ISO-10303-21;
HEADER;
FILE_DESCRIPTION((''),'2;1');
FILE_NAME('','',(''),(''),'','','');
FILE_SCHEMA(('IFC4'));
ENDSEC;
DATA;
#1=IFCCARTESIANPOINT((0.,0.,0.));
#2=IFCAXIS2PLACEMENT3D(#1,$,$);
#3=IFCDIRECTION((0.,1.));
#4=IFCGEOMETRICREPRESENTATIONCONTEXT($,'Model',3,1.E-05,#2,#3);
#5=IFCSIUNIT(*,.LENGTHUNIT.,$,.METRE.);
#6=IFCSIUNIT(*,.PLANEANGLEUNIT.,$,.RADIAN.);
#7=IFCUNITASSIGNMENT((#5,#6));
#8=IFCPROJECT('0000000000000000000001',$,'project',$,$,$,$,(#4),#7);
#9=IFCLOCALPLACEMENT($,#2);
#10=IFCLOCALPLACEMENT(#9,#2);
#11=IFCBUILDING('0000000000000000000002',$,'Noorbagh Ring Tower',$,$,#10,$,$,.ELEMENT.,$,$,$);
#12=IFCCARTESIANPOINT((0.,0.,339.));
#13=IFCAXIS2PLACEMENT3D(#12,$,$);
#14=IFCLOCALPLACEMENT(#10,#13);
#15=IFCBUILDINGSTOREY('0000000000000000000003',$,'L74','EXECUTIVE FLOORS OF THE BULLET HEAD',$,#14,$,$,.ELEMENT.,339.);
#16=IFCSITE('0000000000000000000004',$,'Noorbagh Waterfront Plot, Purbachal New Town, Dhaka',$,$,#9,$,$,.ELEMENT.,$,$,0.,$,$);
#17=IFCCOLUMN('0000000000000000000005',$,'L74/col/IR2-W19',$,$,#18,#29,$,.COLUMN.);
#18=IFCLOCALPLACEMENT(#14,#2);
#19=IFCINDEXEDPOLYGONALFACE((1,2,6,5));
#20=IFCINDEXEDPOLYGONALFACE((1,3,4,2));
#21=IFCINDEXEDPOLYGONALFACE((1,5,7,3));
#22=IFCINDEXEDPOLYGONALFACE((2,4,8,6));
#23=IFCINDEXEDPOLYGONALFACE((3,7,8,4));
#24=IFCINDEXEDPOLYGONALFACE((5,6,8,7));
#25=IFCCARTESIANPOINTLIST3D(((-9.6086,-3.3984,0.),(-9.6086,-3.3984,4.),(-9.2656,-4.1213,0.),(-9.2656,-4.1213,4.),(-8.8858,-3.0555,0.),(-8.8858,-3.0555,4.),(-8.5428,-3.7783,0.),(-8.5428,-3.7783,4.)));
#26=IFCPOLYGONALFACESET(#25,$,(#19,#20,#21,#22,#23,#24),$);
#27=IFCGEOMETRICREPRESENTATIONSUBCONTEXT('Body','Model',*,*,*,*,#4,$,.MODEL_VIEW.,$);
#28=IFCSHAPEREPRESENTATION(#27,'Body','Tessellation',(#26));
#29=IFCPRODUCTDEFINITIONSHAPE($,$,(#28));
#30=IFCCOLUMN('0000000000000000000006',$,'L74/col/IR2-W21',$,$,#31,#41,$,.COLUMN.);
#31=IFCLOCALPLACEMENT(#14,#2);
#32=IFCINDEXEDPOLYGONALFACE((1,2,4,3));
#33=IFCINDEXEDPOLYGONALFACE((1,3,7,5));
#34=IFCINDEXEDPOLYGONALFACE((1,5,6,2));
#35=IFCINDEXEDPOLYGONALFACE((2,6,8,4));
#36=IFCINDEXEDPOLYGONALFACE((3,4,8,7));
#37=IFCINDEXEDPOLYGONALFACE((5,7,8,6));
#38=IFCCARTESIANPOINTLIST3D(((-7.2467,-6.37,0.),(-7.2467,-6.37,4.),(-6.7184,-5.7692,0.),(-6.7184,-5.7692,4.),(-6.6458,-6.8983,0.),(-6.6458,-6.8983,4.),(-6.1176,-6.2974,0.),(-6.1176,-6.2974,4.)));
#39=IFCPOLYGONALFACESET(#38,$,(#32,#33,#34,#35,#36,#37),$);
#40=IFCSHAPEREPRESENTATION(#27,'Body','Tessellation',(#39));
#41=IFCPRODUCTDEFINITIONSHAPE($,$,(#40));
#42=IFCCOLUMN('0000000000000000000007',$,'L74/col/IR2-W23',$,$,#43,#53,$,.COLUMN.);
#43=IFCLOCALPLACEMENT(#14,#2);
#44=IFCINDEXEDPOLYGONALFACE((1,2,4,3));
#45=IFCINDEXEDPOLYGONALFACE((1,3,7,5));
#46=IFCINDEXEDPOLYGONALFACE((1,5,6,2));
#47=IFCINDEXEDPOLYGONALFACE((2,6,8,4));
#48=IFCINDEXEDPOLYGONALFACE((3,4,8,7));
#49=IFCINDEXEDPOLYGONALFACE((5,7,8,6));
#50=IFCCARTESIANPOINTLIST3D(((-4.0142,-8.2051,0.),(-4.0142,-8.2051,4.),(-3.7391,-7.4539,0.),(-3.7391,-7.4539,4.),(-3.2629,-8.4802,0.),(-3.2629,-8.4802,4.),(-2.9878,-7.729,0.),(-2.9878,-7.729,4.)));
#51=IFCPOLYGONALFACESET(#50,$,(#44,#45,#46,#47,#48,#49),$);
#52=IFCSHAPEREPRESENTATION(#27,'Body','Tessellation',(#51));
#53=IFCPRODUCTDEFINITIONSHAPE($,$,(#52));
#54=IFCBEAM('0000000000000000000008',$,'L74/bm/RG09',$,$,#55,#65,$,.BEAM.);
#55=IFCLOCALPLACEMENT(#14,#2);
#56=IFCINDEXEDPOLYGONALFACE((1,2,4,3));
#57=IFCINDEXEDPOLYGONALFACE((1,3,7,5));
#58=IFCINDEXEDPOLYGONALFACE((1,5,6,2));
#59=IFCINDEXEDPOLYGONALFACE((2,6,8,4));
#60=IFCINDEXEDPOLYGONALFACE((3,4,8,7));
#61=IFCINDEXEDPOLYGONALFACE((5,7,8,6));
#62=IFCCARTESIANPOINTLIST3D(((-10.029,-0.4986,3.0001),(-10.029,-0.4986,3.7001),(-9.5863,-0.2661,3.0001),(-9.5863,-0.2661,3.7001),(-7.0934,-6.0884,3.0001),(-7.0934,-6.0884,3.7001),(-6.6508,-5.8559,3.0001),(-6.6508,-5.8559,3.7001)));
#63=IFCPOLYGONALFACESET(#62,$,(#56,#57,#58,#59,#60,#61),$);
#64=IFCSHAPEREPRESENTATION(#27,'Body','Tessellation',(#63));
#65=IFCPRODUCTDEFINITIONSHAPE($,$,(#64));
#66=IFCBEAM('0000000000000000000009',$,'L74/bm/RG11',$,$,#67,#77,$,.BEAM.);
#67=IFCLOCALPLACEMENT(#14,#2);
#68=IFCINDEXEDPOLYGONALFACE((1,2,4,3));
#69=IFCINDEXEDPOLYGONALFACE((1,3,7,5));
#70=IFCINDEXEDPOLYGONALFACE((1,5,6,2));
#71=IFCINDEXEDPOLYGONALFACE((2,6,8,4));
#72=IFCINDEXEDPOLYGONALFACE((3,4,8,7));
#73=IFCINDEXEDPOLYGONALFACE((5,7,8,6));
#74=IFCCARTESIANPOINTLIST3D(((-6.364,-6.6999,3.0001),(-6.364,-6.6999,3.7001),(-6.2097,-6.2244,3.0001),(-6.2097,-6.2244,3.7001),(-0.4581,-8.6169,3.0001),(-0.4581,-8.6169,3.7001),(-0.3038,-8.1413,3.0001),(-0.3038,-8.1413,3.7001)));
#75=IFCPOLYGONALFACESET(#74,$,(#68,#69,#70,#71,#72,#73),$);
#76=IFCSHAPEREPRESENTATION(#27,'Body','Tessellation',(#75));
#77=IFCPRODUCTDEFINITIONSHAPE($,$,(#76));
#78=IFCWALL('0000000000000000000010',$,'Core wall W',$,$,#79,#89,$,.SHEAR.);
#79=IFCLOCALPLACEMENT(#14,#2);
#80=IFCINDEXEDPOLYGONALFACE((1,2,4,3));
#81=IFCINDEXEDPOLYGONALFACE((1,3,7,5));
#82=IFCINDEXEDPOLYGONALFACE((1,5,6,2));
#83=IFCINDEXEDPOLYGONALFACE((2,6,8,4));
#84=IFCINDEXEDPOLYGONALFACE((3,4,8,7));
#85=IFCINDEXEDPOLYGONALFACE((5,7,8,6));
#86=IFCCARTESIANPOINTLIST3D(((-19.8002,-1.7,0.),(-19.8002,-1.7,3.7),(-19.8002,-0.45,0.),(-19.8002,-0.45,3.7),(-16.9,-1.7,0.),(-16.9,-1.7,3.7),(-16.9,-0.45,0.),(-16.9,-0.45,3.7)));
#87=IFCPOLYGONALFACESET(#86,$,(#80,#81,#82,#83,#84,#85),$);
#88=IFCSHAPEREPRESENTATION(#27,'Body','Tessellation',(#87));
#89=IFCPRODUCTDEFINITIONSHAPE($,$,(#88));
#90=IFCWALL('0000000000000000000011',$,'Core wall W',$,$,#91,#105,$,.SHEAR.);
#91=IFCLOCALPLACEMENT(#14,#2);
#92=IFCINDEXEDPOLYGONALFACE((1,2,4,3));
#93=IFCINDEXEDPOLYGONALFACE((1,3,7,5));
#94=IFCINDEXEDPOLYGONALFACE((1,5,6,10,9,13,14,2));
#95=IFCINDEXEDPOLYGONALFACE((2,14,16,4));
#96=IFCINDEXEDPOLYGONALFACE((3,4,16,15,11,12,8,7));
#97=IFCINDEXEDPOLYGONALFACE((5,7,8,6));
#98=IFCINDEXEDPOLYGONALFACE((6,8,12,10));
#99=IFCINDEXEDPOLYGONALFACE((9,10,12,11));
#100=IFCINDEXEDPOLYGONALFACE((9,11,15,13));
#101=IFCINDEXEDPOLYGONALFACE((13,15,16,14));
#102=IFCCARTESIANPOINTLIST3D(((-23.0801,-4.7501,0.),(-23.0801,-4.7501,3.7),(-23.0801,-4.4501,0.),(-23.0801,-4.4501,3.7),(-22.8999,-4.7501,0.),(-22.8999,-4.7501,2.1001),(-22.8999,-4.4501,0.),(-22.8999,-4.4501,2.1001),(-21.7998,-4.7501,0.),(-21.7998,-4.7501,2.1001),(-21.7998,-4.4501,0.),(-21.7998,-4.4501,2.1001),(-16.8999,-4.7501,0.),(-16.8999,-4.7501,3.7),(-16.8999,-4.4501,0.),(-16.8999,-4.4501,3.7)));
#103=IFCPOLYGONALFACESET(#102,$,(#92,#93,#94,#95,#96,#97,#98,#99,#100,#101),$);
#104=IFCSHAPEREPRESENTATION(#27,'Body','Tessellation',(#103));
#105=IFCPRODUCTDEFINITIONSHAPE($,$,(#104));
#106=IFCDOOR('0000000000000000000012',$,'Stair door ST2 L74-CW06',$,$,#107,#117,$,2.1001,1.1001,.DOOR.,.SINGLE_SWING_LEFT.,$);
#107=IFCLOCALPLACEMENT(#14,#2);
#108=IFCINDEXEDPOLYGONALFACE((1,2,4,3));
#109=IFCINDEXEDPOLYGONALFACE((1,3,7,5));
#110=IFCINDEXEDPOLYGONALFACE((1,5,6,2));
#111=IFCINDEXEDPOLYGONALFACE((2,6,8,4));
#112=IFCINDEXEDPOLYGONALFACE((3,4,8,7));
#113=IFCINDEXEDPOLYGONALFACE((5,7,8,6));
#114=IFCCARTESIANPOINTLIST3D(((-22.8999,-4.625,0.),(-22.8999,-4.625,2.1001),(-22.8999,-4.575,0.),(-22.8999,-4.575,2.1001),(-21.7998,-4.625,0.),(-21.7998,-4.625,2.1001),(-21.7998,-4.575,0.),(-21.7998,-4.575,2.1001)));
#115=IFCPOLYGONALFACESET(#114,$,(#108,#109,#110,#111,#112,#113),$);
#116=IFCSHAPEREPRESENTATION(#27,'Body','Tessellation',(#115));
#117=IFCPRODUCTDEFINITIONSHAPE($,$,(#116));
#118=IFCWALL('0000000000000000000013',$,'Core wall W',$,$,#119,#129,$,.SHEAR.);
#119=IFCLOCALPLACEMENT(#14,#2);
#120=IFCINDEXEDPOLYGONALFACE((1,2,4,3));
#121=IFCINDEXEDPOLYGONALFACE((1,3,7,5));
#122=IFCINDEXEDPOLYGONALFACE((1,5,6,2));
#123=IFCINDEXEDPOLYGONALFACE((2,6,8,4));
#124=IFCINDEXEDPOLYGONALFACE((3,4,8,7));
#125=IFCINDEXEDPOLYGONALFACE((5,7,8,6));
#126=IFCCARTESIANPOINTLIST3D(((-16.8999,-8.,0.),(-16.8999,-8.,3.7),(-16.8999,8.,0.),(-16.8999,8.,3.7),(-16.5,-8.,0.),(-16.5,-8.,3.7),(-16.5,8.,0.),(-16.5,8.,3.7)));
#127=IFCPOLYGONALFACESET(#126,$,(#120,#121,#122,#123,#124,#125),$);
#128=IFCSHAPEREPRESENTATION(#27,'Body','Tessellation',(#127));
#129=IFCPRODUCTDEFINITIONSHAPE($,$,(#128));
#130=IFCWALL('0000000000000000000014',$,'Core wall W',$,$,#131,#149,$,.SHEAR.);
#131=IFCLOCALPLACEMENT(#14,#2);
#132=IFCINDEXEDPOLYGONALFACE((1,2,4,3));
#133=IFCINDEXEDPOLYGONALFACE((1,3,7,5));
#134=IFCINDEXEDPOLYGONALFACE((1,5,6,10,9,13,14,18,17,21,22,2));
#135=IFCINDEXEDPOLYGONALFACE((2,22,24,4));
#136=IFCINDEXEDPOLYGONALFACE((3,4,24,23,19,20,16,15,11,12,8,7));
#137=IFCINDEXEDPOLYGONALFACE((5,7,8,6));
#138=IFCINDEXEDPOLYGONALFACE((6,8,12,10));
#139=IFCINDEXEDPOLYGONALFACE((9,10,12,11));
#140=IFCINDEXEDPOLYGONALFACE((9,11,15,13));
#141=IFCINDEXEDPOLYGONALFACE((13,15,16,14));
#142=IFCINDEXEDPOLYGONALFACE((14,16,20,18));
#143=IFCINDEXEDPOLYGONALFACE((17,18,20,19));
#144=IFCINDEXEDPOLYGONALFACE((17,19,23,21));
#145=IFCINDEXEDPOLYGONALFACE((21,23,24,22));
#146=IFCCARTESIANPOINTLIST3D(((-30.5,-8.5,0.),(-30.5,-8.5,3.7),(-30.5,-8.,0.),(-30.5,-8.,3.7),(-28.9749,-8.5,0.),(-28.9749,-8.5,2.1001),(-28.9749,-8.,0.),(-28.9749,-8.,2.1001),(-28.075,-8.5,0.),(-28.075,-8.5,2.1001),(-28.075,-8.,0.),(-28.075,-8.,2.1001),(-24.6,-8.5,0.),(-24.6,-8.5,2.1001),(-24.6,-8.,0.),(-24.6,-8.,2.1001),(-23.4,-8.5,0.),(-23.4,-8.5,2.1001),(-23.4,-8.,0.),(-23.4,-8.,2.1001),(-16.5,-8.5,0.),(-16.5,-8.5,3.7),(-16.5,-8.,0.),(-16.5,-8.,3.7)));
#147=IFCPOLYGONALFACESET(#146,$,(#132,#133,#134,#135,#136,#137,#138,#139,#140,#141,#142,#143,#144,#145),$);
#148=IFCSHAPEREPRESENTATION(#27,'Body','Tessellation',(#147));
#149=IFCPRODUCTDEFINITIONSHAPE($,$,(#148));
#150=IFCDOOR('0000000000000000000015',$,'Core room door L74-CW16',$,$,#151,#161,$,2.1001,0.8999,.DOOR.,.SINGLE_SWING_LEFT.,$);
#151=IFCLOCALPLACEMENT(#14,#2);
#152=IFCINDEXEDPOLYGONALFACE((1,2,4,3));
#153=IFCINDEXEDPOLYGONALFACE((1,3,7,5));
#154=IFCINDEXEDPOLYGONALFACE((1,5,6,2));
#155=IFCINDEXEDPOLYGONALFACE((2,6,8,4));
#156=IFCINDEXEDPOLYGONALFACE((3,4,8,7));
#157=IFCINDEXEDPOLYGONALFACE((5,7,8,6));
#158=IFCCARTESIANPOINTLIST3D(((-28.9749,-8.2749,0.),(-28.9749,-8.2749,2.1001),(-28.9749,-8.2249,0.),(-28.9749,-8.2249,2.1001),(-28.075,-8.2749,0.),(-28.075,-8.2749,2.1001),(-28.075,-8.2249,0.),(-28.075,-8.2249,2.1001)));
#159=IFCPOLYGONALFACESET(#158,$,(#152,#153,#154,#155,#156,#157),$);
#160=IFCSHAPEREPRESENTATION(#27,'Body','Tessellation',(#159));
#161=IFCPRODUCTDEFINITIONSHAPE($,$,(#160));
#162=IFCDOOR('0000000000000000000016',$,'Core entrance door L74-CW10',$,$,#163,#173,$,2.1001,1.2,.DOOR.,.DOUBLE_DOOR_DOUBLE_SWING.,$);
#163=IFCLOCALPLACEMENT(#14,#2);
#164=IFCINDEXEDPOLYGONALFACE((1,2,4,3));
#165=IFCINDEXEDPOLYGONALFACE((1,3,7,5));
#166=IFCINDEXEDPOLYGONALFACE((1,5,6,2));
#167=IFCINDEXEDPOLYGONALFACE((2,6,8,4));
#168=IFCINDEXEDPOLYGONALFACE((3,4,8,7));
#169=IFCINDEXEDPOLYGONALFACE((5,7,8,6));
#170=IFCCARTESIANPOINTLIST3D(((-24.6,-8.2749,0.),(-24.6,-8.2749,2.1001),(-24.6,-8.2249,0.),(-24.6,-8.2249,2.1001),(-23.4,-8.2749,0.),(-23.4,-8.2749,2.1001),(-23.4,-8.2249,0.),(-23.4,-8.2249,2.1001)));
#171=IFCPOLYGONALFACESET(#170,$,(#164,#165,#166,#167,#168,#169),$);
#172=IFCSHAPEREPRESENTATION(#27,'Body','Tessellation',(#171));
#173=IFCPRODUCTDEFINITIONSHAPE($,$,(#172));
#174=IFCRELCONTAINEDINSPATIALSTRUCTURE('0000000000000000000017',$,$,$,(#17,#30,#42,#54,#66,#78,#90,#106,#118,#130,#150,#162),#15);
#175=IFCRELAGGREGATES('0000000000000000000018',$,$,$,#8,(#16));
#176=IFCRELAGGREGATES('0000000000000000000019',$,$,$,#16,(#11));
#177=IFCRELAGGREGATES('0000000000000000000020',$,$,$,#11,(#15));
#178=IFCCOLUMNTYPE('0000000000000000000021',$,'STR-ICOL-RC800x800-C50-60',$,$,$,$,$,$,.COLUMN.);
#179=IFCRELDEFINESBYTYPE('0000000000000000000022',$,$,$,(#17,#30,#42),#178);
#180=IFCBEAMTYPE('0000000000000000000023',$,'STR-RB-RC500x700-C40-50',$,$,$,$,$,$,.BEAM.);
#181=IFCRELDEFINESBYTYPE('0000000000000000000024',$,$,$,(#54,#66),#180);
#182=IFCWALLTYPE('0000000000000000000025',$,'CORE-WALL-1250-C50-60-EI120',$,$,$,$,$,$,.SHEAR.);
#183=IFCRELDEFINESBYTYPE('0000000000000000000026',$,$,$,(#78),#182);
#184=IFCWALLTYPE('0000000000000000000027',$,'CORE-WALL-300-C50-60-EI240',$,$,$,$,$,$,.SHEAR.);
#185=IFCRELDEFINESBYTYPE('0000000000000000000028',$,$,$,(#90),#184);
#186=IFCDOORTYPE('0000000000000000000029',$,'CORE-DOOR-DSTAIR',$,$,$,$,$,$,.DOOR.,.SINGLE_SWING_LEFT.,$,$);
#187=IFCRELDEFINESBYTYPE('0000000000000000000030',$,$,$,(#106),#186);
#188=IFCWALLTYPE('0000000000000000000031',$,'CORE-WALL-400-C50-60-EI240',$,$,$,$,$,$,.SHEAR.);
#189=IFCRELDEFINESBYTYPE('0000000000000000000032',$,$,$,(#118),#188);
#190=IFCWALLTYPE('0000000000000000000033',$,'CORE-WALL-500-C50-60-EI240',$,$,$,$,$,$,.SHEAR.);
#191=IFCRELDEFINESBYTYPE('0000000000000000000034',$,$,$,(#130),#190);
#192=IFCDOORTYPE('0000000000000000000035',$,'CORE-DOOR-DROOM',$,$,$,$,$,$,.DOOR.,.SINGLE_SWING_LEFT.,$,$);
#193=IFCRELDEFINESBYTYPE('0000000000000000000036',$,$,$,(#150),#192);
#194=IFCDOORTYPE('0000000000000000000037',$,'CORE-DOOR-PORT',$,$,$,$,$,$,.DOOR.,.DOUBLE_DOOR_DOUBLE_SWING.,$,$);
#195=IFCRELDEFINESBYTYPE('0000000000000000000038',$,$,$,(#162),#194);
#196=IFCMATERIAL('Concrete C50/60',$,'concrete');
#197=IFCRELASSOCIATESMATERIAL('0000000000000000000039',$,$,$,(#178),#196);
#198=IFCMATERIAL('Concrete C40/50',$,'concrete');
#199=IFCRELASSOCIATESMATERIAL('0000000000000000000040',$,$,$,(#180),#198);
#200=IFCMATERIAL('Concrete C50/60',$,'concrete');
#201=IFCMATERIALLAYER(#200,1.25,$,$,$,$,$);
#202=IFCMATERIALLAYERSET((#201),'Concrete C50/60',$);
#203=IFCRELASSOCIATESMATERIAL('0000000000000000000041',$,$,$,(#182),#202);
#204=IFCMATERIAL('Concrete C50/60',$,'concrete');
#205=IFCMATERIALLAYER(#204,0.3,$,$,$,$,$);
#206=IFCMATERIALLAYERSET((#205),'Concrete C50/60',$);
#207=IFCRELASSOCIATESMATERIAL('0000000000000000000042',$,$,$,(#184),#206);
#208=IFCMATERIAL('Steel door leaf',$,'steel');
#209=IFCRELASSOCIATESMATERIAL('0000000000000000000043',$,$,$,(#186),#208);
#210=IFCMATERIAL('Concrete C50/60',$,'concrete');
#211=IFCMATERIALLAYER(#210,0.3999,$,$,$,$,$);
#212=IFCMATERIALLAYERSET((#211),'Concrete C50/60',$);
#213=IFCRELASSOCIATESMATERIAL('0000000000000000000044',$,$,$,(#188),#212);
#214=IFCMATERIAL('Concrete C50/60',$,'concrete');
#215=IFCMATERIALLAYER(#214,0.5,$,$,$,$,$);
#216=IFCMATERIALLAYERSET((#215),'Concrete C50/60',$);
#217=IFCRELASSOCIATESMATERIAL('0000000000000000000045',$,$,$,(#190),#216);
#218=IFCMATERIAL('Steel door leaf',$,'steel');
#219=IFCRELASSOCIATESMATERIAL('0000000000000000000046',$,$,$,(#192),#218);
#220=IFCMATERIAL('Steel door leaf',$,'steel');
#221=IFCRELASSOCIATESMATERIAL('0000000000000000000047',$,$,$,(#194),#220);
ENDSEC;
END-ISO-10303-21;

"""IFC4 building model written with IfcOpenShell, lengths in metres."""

from ifc_helpers import new_model, si_unit, direction, frame, frame_2d, origin, origin_2d, place, context, subcontext, project, spatial, rectangle, extrude, material, layer, layer_set, material_profile, profile_set, type_object, element, fill, save


model = new_model("IFC4")

# Units and contexts
model_context = context("Model", 3, precision=1e-05, world=origin(), true_north=direction((0.0, 1.0)))
body_context = subcontext(model_context, "Body", "Model", "MODEL_VIEW")
ifc_project = project(units=[si_unit("LENGTHUNIT", "METRE"), si_unit("PLANEANGLEUNIT", "RADIAN")], contexts=[model_context])

# Site, building, storey
site_placement = place(None, origin())
site = spatial("IfcSite", under=ifc_project, at=site_placement, Name="Noorbagh Waterfront Plot, Purbachal New Town, Dhaka", CompositionType="ELEMENT", RefElevation=0.0)
building_placement = place(site_placement, origin())
building = spatial("IfcBuilding", under=site, at=building_placement, Name="Noorbagh Ring Tower", CompositionType="ELEMENT")
storey_placement = place(building_placement, frame((0.0, 0.0, 339.0)))
storey = spatial("IfcBuildingStorey", under=building, at=storey_placement, Name="L74", Description="EXECUTIVE FLOORS OF THE BULLET HEAD", CompositionType="ELEMENT", Elevation=339.0)

# Columns
ifc_material_1 = material(Name="Concrete C50/60", Category="concrete")
ifc_material_profile_1 = material_profile(ifc_material_1, rectangle(XDim=0.8, YDim=0.8, at=origin_2d()), Name="RC800x800")
ifc_profile_set_1 = profile_set([ifc_material_profile_1], Name="Concrete C50/60")
column_type = type_object("IfcColumnType", Name="STR-ICOL-RC800x800-C50-60", PredefinedType="COLUMN", material=ifc_profile_set_1)
for number, where, z_axis, x_axis, name in (
    (1, (-9.0757, -3.5884, 0.0), (0.0, 0.0, 1.0), (0.428667, -0.903463, 0.0), "L74/col/IR2-W19"),
    (2, (-6.6821, -6.3337, 0.0), (0.0, 0.0, 1.0), (0.751022, -0.660277, 0.0), "L74/col/IR2-W21"),
    (3, (-3.501, -7.967, 0.0), (0.0, 0.0, 1.0), (0.93902, -0.343864, 0.0), "L74/col/IR2-W23"),
):
    element("IfcColumn", number, at=place(storey_placement, frame(where, z_axis=z_axis, x_axis=x_axis)), inside=storey, type_object=column_type, Name=name, PredefinedType="COLUMN", context=body_context, shape_type="SweptSolid", body=[
        extrude(rectangle(XDim=0.8, YDim=0.8, at=origin_2d()), origin(), (0.0, 0.0, 1.0), 4.0),
    ])

# Beams
ifc_material_2 = material(Name="Concrete C40/50", Category="concrete")
ifc_material_profile_2 = material_profile(ifc_material_2, rectangle(XDim=0.5, YDim=0.7, at=origin_2d()), Name="RC500x700")
ifc_profile_set_2 = profile_set([ifc_material_profile_2], Name="Concrete C40/50")
beam_type = type_object("IfcBeamType", Name="STR-RB-RC500x700-C40-50", PredefinedType="BEAM", material=ifc_profile_set_2)
beam_1_placement = place(storey_placement, frame((-9.8076, -0.3823, 3.3501), z_axis=(0.464943, -0.885341, 0.0), x_axis=(0.885341, 0.464943, 0.0)))
element("IfcBeam", 4, at=beam_1_placement, inside=storey, type_object=beam_type, Name="L74/bm/RG09", PredefinedType="BEAM", context=body_context, shape_type="SweptSolid", body=[
    extrude(rectangle(XDim=0.5, YDim=0.7, at=origin_2d()), origin(), (0.0, 0.0, 1.0), 6.3137),
])
beam_2_placement = place(storey_placement, frame((-6.2869, -6.4622, 3.3501), z_axis=(0.95115, -0.308728, 0.0), x_axis=(0.308728, 0.95115, 0.0)))
element("IfcBeam", 5, at=beam_2_placement, inside=storey, type_object=beam_type, Name="L74/bm/RG11", PredefinedType="BEAM", context=body_context, shape_type="SweptSolid", body=[
    extrude(rectangle(XDim=0.5, YDim=0.7, at=origin_2d()), origin(), (0.0, 0.0, 1.0), 6.2092),
])

# Wall
ifc_material_3 = material(Name="Concrete C50/60", Category="concrete")
ifc_layer_1 = layer(ifc_material_3, 1.25)
ifc_layer_set_1 = layer_set([ifc_layer_1], Name="Concrete C50/60")
wall_type_1 = type_object("IfcWallType", Name="CORE-WALL-1250-C50-60-EI120", PredefinedType="SHEAR", material=ifc_layer_set_1)
wall_1_placement = place(storey_placement, frame((-16.8999, -1.075, 0.0), z_axis=(0.0, 0.0, 1.0), x_axis=(-1.0, 0.0, 0.0)))
element("IfcWall", 6, at=wall_1_placement, inside=storey, type_object=wall_type_1, Name="Core wall W", PredefinedType="SHEAR", context=body_context, shape_type="SweptSolid", body=[
    extrude(rectangle(XDim=2.9001, YDim=1.25, at=frame_2d((1.4502, 0.0))), origin(), (0.0, 0.0, 1.0), 3.7),
])

# Wall, opening, door
ifc_material_4 = material(Name="Concrete C50/60", Category="concrete")
ifc_layer_2 = layer(ifc_material_4, 0.3)
ifc_layer_set_2 = layer_set([ifc_layer_2], Name="Concrete C50/60")
wall_type_2 = type_object("IfcWallType", Name="CORE-WALL-300-C50-60-EI240", PredefinedType="SHEAR", material=ifc_layer_set_2)
wall_2_placement = place(storey_placement, frame((-16.8999, -4.6001, 0.0), z_axis=(0.0, 0.0, 1.0), x_axis=(-1.0, 0.0, 0.0)))
wall_2 = element("IfcWall", 7, at=wall_2_placement, inside=storey, type_object=wall_type_2, Name="Core wall W", PredefinedType="SHEAR", context=body_context, shape_type="SweptSolid", body=[
    extrude(rectangle(XDim=6.1802, YDim=0.3, at=frame_2d((3.0901, 0.0))), origin(), (0.0, 0.0, 1.0), 3.7),
])
opening_1_placement = place(wall_2_placement, frame((4.8999, 0.0, 0.0)))
opening_1 = element("IfcOpeningElement", 8, at=opening_1_placement, cuts=wall_2, PredefinedType="OPENING", context=body_context, shape_type="SweptSolid", body=[
    extrude(rectangle(XDim=1.1001, YDim=2.1001, at=frame_2d((0.55, 1.05))), frame((0.0, 0.1602, 0.0), z_axis=(0.0, -1.0, 0.0), x_axis=(1.0, 0.0, 0.0)), (0.0, 0.0, 1.0), 0.3201),
])
ifc_material_5 = material(Name="Steel door leaf", Category="steel")
door_type_1 = type_object("IfcDoorType", Name="CORE-DOOR-DSTAIR", OperationType="SINGLE_SWING_LEFT", PredefinedType="DOOR", material=ifc_material_5)
door_1_placement = place(opening_1_placement, origin())
door_1 = element("IfcDoor", 9, at=door_1_placement, inside=storey, type_object=door_type_1, Name="Stair door ST2 L74-CW06", OperationType="SINGLE_SWING_LEFT", OverallHeight=2.1001, OverallWidth=1.1001, PredefinedType="DOOR", context=body_context, shape_type="SweptSolid", body=[
    extrude(rectangle(XDim=1.1001, YDim=2.1001, at=frame_2d((0.55, 1.05))), frame((0.0, 0.0249, 0.0), z_axis=(0.0, -1.0, 0.0), x_axis=(1.0, 0.0, 0.0)), (0.0, 0.0, 1.0), 0.05),
])
fill(opening_1, door_1)

# Wall
ifc_material_6 = material(Name="Concrete C50/60", Category="concrete")
ifc_layer_3 = layer(ifc_material_6, 0.3999)
ifc_layer_set_3 = layer_set([ifc_layer_3], Name="Concrete C50/60")
wall_type_3 = type_object("IfcWallType", Name="CORE-WALL-400-C50-60-EI240", PredefinedType="SHEAR", material=ifc_layer_set_3)
wall_3_placement = place(storey_placement, frame((-16.7, -8.0, 0.0), z_axis=(0.0, 0.0, 1.0), x_axis=(0.0, 1.0, 0.0)))
element("IfcWall", 10, at=wall_3_placement, inside=storey, type_object=wall_type_3, Name="Core wall W", PredefinedType="SHEAR", context=body_context, shape_type="SweptSolid", body=[
    extrude(rectangle(XDim=16.0, YDim=0.3999, at=frame_2d((8.0, 0.0))), origin(), (0.0, 0.0, 1.0), 3.7),
])

# Wall, openings, doors
ifc_material_7 = material(Name="Concrete C50/60", Category="concrete")
ifc_layer_4 = layer(ifc_material_7, 0.5)
ifc_layer_set_4 = layer_set([ifc_layer_4], Name="Concrete C50/60")
wall_type_4 = type_object("IfcWallType", Name="CORE-WALL-500-C50-60-EI240", PredefinedType="SHEAR", material=ifc_layer_set_4)
wall_4_placement = place(storey_placement, frame((-16.5, -8.25, 0.0), z_axis=(0.0, 0.0, 1.0), x_axis=(-1.0, 0.0, 0.0)))
wall_4 = element("IfcWall", 11, at=wall_4_placement, inside=storey, type_object=wall_type_4, Name="Core wall W", PredefinedType="SHEAR", context=body_context, shape_type="SweptSolid", body=[
    extrude(rectangle(XDim=14.0, YDim=0.5, at=frame_2d((7.0, 0.0))), origin(), (0.0, 0.0, 1.0), 3.7),
])
opening_2_placement = place(wall_4_placement, frame((6.8999, 0.0, 0.0)))
opening_2 = element("IfcOpeningElement", 12, at=opening_2_placement, cuts=wall_4, PredefinedType="OPENING", context=body_context, shape_type="SweptSolid", body=[
    extrude(rectangle(XDim=1.2, YDim=2.1001, at=frame_2d((0.6001, 1.05))), frame((0.0, 0.26, 0.0), z_axis=(0.0, -1.0, 0.0), x_axis=(1.0, 0.0, 0.0)), (0.0, 0.0, 1.0), 0.52),
])
opening_3_placement = place(wall_4_placement, frame((11.575, 0.0, 0.0)))
opening_3 = element("IfcOpeningElement", 13, at=opening_3_placement, cuts=wall_4, PredefinedType="OPENING", context=body_context, shape_type="SweptSolid", body=[
    extrude(rectangle(XDim=0.8999, YDim=2.1001, at=frame_2d((0.45, 1.05))), frame((0.0, 0.26, 0.0), z_axis=(0.0, -1.0, 0.0), x_axis=(1.0, 0.0, 0.0)), (0.0, 0.0, 1.0), 0.52),
])
ifc_material_8 = material(Name="Steel door leaf", Category="steel")
door_type_2 = type_object("IfcDoorType", Name="CORE-DOOR-DROOM", OperationType="SINGLE_SWING_LEFT", PredefinedType="DOOR", material=ifc_material_8)
door_2_placement = place(opening_3_placement, origin())
door_2 = element("IfcDoor", 14, at=door_2_placement, inside=storey, type_object=door_type_2, Name="Core room door L74-CW16", OperationType="SINGLE_SWING_LEFT", OverallHeight=2.1001, OverallWidth=0.8999, PredefinedType="DOOR", context=body_context, shape_type="SweptSolid", body=[
    extrude(rectangle(XDim=0.8999, YDim=2.1001, at=frame_2d((0.45, 1.05))), frame((0.0, 0.0249, 0.0), z_axis=(0.0, -1.0, 0.0), x_axis=(1.0, 0.0, 0.0)), (0.0, 0.0, 1.0), 0.05),
])
fill(opening_3, door_2)
ifc_material_9 = material(Name="Steel door leaf", Category="steel")
door_type_3 = type_object("IfcDoorType", Name="CORE-DOOR-PORT", OperationType="DOUBLE_DOOR_DOUBLE_SWING", PredefinedType="DOOR", material=ifc_material_9)
door_3_placement = place(opening_2_placement, origin())
door_3 = element("IfcDoor", 15, at=door_3_placement, inside=storey, type_object=door_type_3, Name="Core entrance door L74-CW10", OperationType="DOUBLE_DOOR_DOUBLE_SWING", OverallHeight=2.1001, OverallWidth=1.2, PredefinedType="DOOR", context=body_context, shape_type="SweptSolid", body=[
    extrude(rectangle(XDim=1.2, YDim=2.1001, at=frame_2d((0.6001, 1.05))), frame((0.0, 0.0249, 0.0), z_axis=(0.0, -1.0, 0.0), x_axis=(1.0, 0.0, 0.0)), (0.0, 0.0, 1.0), 0.05),
])
fill(opening_2, door_3)

save(model, "model.ifc")
